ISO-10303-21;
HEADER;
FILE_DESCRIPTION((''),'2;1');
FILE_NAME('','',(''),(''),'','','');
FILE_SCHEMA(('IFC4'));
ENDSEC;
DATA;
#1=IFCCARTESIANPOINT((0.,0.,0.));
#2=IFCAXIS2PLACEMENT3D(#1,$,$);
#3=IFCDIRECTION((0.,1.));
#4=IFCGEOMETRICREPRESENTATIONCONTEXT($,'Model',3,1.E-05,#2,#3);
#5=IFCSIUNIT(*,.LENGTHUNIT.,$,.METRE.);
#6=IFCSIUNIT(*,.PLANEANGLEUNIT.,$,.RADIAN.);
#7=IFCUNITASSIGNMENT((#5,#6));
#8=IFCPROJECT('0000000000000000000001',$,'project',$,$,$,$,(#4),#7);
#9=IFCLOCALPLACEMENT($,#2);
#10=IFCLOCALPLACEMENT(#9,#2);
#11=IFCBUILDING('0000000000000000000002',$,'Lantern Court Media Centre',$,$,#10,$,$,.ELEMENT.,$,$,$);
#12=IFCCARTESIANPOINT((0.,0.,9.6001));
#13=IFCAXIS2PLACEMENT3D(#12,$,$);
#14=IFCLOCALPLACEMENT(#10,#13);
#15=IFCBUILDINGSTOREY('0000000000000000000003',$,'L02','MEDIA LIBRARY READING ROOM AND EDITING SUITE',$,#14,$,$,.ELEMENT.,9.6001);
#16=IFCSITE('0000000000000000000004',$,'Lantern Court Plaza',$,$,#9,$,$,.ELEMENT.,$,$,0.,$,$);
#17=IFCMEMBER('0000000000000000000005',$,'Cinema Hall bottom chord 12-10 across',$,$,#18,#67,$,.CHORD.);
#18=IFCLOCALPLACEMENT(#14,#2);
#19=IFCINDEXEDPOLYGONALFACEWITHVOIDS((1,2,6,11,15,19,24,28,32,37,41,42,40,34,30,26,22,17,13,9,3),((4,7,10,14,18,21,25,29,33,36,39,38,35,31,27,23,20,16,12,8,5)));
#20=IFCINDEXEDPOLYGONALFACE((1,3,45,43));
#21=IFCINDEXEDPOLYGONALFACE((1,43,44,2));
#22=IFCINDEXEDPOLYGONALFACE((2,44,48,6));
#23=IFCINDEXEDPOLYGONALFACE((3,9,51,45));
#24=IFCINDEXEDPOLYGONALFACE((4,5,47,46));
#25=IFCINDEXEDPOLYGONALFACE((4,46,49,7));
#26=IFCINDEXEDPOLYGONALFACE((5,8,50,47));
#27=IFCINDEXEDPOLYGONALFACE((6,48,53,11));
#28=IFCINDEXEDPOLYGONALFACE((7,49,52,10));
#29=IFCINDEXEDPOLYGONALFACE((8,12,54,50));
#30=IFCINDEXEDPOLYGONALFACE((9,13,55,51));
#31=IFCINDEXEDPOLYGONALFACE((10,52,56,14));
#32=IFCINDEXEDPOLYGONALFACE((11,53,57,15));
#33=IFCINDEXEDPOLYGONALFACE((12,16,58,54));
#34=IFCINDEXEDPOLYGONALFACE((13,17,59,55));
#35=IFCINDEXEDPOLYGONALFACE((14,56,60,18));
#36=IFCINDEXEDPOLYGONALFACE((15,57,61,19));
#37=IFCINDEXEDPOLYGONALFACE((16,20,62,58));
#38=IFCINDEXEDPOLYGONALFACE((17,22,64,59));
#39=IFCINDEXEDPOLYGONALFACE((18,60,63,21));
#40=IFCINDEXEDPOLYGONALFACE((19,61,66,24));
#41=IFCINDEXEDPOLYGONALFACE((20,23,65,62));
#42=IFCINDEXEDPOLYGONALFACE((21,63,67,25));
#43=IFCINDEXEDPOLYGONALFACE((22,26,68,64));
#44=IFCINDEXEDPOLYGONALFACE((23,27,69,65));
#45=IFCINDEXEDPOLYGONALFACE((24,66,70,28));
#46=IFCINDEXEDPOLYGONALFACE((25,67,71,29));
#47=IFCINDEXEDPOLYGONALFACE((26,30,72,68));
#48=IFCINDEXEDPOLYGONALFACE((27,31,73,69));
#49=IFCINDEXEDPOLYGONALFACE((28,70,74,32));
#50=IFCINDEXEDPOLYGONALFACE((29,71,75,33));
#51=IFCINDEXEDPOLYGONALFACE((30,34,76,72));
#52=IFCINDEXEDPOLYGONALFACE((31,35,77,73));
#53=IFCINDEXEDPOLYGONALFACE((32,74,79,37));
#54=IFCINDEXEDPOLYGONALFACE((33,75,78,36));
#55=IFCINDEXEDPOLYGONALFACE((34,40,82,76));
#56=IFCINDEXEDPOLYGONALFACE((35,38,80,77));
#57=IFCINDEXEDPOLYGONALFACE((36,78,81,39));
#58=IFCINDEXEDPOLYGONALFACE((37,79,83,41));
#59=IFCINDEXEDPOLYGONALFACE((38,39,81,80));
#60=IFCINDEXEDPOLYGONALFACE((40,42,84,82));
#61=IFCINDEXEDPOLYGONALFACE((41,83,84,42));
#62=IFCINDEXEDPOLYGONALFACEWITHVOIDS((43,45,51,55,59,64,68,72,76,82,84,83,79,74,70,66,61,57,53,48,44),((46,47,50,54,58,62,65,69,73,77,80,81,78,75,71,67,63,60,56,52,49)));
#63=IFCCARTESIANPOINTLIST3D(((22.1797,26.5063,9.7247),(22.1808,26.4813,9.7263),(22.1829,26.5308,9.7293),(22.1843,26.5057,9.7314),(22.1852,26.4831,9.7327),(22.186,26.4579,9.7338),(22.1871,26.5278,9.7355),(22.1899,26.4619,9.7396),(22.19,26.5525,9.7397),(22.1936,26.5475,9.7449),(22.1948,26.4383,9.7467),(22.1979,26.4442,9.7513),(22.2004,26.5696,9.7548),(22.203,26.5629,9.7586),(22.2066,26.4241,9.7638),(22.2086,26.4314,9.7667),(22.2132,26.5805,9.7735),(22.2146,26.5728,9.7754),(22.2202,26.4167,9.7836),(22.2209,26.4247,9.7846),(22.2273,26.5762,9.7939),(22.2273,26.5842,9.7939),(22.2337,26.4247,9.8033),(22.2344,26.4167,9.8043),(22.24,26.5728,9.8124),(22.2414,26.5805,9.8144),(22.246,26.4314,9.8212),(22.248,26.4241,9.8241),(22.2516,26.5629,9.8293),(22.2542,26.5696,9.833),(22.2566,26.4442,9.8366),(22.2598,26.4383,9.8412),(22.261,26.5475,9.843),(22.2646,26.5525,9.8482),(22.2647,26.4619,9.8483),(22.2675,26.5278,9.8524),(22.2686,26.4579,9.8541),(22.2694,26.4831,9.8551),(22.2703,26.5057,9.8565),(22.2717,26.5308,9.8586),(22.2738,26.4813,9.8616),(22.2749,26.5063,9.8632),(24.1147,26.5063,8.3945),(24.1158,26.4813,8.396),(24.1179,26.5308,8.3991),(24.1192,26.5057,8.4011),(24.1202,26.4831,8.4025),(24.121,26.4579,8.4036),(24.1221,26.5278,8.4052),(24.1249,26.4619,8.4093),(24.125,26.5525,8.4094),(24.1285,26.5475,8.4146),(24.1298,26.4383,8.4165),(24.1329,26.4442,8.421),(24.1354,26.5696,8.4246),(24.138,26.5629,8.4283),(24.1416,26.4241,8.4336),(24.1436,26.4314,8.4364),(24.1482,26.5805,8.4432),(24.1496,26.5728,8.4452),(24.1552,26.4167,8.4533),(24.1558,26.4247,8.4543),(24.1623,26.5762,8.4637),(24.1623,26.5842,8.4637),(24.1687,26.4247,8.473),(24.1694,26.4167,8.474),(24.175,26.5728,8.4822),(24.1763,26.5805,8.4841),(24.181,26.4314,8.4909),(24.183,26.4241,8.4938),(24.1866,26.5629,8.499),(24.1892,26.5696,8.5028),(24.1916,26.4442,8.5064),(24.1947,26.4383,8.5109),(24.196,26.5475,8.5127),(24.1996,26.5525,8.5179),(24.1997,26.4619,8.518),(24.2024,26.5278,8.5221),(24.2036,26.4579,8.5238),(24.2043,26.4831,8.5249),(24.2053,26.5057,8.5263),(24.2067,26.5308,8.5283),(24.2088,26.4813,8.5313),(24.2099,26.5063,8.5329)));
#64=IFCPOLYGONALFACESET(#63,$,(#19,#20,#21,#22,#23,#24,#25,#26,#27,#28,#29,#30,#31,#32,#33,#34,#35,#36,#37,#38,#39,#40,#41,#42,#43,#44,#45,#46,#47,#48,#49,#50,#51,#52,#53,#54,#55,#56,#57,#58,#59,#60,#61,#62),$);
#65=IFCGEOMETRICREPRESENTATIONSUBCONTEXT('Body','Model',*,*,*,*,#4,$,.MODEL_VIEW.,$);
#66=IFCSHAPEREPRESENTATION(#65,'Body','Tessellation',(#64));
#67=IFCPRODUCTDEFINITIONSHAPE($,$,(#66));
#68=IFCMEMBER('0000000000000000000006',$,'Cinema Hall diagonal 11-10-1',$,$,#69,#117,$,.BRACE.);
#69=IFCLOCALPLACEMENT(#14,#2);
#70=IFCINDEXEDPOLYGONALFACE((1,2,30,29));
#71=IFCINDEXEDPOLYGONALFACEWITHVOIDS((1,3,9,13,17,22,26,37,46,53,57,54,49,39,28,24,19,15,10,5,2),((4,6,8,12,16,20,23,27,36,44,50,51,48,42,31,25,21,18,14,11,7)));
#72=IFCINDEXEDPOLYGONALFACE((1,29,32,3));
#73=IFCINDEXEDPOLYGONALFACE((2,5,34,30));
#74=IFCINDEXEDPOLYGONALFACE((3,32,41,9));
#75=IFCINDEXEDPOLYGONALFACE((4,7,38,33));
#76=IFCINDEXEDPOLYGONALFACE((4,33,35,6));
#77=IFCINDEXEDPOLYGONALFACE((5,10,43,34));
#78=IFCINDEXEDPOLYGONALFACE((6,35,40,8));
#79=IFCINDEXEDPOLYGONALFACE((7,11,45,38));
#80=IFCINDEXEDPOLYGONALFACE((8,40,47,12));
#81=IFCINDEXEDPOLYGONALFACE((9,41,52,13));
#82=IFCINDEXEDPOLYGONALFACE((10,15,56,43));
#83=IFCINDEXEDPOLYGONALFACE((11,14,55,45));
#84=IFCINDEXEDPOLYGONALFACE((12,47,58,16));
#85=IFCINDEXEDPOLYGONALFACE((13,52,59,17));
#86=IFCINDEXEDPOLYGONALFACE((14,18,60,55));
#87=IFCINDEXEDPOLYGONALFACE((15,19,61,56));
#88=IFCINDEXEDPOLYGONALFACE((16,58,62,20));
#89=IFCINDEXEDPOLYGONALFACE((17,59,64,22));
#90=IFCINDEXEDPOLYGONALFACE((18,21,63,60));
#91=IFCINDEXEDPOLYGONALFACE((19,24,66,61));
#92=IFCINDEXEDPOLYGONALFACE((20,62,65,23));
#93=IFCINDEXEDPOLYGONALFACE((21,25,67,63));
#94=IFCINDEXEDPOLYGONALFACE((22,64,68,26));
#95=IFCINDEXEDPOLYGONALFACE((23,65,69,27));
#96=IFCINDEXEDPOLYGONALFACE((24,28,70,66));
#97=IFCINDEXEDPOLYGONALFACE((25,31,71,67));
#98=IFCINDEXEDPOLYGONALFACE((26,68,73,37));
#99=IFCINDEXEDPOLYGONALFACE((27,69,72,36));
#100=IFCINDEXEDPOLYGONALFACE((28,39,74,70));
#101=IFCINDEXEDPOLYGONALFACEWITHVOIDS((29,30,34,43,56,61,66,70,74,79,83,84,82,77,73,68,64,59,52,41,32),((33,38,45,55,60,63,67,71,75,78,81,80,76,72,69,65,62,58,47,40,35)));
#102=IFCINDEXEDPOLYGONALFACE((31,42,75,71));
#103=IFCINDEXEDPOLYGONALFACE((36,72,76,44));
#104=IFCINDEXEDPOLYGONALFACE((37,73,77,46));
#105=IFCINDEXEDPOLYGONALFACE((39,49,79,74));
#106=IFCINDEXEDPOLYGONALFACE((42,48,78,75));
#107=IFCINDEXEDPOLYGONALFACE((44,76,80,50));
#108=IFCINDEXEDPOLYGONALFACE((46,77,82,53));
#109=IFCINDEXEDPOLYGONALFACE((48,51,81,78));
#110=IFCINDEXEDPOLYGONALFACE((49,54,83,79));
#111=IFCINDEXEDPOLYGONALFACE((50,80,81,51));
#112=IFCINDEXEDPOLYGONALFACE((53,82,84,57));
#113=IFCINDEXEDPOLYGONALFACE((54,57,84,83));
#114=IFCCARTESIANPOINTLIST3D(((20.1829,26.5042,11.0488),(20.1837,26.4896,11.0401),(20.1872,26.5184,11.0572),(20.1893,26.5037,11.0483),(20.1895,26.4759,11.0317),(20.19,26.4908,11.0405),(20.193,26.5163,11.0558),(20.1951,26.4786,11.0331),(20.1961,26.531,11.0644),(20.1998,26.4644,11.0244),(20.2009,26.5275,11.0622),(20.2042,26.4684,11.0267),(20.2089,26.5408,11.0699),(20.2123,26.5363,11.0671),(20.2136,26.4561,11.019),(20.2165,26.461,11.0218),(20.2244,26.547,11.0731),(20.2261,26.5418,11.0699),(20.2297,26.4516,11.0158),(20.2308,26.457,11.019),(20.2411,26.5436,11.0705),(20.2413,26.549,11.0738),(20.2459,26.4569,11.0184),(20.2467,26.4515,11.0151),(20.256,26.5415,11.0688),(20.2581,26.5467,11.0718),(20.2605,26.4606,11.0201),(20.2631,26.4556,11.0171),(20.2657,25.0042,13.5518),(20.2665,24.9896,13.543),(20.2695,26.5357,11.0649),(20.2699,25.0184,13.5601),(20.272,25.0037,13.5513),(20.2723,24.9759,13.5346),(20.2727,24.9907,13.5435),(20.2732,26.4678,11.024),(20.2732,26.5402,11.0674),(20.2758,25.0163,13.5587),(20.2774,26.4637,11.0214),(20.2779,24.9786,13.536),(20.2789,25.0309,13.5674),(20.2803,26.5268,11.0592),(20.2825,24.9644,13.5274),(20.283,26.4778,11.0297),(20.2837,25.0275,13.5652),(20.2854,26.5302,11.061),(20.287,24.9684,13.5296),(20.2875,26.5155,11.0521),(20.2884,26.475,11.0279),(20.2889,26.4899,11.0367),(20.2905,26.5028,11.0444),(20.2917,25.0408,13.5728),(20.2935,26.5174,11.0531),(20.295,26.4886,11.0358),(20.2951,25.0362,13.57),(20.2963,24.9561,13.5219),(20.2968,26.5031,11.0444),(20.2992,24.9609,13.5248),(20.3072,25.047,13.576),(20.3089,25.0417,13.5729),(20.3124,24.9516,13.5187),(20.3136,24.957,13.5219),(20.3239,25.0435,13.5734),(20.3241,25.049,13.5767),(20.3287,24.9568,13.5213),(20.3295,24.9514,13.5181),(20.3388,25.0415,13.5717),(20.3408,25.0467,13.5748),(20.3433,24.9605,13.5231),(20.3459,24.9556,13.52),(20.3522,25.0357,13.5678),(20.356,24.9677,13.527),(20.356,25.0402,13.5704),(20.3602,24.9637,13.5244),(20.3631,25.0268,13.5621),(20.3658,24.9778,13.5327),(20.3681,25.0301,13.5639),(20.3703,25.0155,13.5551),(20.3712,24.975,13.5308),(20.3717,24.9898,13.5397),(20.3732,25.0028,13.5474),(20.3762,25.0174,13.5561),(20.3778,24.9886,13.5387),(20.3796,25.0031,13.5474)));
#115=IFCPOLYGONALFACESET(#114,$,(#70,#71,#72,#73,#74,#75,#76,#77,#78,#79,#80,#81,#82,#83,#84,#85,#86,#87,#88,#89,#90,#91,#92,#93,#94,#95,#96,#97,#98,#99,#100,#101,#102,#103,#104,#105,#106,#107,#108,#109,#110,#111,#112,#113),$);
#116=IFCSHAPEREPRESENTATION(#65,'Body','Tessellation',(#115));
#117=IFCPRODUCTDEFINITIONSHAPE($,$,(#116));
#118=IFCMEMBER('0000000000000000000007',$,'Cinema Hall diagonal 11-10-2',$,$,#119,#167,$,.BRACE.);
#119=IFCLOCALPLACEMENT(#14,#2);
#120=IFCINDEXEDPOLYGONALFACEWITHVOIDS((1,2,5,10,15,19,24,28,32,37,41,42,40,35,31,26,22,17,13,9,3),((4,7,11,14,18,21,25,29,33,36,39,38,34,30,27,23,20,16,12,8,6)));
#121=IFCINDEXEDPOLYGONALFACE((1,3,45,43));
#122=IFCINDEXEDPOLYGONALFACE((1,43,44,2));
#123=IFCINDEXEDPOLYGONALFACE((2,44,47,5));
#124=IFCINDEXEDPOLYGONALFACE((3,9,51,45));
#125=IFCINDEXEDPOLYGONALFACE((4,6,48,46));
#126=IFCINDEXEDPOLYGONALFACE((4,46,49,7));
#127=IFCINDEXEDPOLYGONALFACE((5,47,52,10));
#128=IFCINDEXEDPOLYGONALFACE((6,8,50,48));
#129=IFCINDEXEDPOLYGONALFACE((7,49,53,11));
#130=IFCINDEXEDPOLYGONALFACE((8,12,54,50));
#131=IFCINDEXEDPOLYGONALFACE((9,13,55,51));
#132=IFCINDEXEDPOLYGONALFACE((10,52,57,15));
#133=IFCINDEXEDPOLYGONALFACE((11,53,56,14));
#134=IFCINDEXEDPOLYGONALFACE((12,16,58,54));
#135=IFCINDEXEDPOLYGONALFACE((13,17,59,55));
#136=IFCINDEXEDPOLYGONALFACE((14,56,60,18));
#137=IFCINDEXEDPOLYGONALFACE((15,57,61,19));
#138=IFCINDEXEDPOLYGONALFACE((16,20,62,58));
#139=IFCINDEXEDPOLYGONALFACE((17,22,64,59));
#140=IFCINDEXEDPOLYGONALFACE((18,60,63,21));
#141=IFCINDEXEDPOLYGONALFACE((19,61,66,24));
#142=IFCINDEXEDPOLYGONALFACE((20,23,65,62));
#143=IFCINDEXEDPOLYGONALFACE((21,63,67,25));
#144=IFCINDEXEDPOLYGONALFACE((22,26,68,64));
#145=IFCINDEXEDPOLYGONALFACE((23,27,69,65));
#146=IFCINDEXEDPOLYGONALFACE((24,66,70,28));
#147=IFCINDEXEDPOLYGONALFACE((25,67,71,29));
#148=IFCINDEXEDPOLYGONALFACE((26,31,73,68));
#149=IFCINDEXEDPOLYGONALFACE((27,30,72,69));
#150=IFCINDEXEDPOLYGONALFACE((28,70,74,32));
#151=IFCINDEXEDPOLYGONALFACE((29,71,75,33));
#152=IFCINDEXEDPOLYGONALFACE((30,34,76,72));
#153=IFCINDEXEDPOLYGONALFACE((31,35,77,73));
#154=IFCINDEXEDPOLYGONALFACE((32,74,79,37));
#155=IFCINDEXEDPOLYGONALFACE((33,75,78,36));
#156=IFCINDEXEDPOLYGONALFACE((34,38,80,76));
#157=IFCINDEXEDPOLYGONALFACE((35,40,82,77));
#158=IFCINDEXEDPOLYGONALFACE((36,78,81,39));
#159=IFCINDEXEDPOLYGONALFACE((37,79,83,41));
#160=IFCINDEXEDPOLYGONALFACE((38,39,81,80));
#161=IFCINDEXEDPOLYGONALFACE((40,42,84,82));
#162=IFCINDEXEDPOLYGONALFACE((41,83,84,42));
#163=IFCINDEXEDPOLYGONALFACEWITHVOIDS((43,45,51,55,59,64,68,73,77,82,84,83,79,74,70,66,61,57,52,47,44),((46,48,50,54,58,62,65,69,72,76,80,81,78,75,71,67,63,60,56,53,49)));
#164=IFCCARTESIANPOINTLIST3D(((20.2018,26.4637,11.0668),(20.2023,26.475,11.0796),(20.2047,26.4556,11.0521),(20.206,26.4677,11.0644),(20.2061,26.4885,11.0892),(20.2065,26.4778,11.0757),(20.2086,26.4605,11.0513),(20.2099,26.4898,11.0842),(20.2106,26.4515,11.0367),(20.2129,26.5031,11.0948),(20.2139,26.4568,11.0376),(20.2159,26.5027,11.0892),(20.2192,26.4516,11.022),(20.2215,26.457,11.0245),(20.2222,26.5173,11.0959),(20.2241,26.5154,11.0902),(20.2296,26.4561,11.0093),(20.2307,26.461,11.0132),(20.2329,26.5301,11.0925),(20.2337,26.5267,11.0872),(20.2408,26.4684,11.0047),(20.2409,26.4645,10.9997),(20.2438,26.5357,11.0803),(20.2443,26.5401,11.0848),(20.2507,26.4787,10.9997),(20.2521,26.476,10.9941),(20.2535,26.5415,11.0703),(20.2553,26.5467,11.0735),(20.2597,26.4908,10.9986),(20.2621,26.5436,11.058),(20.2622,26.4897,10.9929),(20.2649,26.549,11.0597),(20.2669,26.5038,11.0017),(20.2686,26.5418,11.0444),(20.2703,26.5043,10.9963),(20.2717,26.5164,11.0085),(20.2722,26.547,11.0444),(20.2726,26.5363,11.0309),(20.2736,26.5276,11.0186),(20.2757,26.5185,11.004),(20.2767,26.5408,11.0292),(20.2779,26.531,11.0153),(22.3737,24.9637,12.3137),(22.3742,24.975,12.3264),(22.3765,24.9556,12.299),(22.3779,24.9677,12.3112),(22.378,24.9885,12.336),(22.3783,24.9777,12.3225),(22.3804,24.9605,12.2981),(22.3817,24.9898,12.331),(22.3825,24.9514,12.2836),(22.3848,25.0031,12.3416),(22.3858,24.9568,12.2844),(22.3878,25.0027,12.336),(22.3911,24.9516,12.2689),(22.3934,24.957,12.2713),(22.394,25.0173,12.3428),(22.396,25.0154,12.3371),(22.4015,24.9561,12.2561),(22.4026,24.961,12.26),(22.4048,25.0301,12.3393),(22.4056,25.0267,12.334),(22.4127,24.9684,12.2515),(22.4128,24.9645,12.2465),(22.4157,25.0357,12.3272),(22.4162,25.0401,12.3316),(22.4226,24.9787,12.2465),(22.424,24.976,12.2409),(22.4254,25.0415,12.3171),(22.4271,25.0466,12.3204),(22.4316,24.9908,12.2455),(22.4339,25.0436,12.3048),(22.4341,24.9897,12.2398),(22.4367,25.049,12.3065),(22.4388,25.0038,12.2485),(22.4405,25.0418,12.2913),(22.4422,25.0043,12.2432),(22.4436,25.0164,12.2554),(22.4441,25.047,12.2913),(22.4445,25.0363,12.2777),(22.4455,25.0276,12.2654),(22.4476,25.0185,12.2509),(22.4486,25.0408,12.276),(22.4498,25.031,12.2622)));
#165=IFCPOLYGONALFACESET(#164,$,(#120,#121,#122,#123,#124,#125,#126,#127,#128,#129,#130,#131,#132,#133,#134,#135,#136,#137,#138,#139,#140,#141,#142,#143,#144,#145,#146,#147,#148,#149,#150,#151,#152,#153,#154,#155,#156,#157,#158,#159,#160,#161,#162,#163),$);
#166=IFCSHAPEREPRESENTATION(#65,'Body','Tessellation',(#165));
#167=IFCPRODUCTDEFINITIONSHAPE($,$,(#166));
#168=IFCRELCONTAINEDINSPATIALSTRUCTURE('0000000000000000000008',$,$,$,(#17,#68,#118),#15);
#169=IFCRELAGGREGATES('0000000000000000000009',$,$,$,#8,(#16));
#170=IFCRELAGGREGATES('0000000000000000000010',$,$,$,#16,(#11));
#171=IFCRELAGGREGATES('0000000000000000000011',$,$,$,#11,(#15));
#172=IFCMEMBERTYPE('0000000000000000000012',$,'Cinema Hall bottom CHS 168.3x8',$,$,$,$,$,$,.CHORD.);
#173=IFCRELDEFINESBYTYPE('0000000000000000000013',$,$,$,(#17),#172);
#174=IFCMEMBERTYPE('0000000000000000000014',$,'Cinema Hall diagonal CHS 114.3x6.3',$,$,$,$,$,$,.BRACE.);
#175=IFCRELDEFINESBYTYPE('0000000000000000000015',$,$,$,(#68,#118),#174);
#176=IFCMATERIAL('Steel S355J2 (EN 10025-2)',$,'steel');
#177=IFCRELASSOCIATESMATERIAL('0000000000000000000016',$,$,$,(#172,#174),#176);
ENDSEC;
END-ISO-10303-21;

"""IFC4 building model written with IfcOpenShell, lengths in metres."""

from ifc_helpers import new_model, si_unit, direction, frame, origin, origin_2d, place, context, subcontext, project, spatial, hollow_circle, extrude, material, material_profile, profile_set, type_object, element, save


model = new_model("IFC4")

# Units and contexts
model_context = context("Model", 3, precision=1e-05, world=origin(), true_north=direction((0.0, 1.0)))
body_context = subcontext(model_context, "Body", "Model", "MODEL_VIEW")
ifc_project = project(units=[si_unit("LENGTHUNIT", "METRE"), si_unit("PLANEANGLEUNIT", "RADIAN")], contexts=[model_context])

# Site, building, storey
site_placement = place(None, origin())
site = spatial("IfcSite", under=ifc_project, at=site_placement, Name="Lantern Court Plaza", CompositionType="ELEMENT", RefElevation=0.0)
building_placement = place(site_placement, origin())
building = spatial("IfcBuilding", under=site, at=building_placement, Name="Lantern Court Media Centre", CompositionType="ELEMENT")
storey_placement = place(building_placement, frame((0.0, 0.0, 9.6001)))
storey = spatial("IfcBuildingStorey", under=building, at=storey_placement, Name="L02", Description="MEDIA LIBRARY READING ROOM AND EDITING SUITE", CompositionType="ELEMENT", Elevation=9.6001)

# Members
ifc_material = material(Name="Steel S355J2 (EN 10025-2)", Category="steel")
ifc_material_profile_1 = material_profile(ifc_material, hollow_circle(Radius=0.0842, WallThickness=0.0081, at=origin_2d()), Name="Cinema Hall bottom CHS 168.3x8")
ifc_profile_set_1 = profile_set([ifc_material_profile_1], Name="Steel S355J2 (EN 10025-2)")
member_type_1 = type_object("IfcMemberType", Name="Cinema Hall bottom CHS 168.3x8", PredefinedType="CHORD", material=ifc_profile_set_1)
member_1_placement = place(storey_placement, frame((22.2273, 26.5, 9.7939), z_axis=(0.824048, 0.0, -0.56652), x_axis=(0.0, 1.0, 0.0)))
element("IfcMember", 1, at=member_1_placement, inside=storey, type_object=member_type_1, Name="Cinema Hall bottom chord 12-10 across", PredefinedType="CHORD", context=body_context, shape_type="SweptSolid", body=[
    extrude(hollow_circle(Radius=0.0842, WallThickness=0.0081, at=origin_2d()), origin(), (0.0, 0.0, 1.0), 2.3481),
])
ifc_material_profile_2 = material_profile(ifc_material, hollow_circle(Radius=0.0571, WallThickness=0.0063, at=origin_2d()), Name="Cinema Hall diagonal CHS 114.3x6.3")
ifc_profile_set_2 = profile_set([ifc_material_profile_2], Name="Steel S355J2 (EN 10025-2)")
member_type_2 = type_object("IfcMemberType", Name="Cinema Hall diagonal CHS 114.3x6.3", PredefinedType="BRACE", material=ifc_profile_set_2)
for number, where, z_axis, x_axis, name in (
    (2, (20.2397, 26.5, 11.0444), (0.028352, -0.513846, 0.857414), (0.998481, 0.055092, 0.0), "Cinema Hall diagonal 11-10-1"),
    (3, (20.2397, 26.5, 11.0444), (0.744002, -0.513843, 0.427115), (0.568286, 0.822831, 0.0), "Cinema Hall diagonal 11-10-2"),
):
    element("IfcMember", number, at=place(storey_placement, frame(where, z_axis=z_axis, x_axis=x_axis)), inside=storey, type_object=member_type_2, Name=name, PredefinedType="BRACE", context=body_context, shape_type="SweptSolid", body=[
        extrude(hollow_circle(Radius=0.0571, WallThickness=0.0063, at=origin_2d()), origin(), (0.0, 0.0, 1.0), 2.9192),
    ])

save(model, "model.ifc")
